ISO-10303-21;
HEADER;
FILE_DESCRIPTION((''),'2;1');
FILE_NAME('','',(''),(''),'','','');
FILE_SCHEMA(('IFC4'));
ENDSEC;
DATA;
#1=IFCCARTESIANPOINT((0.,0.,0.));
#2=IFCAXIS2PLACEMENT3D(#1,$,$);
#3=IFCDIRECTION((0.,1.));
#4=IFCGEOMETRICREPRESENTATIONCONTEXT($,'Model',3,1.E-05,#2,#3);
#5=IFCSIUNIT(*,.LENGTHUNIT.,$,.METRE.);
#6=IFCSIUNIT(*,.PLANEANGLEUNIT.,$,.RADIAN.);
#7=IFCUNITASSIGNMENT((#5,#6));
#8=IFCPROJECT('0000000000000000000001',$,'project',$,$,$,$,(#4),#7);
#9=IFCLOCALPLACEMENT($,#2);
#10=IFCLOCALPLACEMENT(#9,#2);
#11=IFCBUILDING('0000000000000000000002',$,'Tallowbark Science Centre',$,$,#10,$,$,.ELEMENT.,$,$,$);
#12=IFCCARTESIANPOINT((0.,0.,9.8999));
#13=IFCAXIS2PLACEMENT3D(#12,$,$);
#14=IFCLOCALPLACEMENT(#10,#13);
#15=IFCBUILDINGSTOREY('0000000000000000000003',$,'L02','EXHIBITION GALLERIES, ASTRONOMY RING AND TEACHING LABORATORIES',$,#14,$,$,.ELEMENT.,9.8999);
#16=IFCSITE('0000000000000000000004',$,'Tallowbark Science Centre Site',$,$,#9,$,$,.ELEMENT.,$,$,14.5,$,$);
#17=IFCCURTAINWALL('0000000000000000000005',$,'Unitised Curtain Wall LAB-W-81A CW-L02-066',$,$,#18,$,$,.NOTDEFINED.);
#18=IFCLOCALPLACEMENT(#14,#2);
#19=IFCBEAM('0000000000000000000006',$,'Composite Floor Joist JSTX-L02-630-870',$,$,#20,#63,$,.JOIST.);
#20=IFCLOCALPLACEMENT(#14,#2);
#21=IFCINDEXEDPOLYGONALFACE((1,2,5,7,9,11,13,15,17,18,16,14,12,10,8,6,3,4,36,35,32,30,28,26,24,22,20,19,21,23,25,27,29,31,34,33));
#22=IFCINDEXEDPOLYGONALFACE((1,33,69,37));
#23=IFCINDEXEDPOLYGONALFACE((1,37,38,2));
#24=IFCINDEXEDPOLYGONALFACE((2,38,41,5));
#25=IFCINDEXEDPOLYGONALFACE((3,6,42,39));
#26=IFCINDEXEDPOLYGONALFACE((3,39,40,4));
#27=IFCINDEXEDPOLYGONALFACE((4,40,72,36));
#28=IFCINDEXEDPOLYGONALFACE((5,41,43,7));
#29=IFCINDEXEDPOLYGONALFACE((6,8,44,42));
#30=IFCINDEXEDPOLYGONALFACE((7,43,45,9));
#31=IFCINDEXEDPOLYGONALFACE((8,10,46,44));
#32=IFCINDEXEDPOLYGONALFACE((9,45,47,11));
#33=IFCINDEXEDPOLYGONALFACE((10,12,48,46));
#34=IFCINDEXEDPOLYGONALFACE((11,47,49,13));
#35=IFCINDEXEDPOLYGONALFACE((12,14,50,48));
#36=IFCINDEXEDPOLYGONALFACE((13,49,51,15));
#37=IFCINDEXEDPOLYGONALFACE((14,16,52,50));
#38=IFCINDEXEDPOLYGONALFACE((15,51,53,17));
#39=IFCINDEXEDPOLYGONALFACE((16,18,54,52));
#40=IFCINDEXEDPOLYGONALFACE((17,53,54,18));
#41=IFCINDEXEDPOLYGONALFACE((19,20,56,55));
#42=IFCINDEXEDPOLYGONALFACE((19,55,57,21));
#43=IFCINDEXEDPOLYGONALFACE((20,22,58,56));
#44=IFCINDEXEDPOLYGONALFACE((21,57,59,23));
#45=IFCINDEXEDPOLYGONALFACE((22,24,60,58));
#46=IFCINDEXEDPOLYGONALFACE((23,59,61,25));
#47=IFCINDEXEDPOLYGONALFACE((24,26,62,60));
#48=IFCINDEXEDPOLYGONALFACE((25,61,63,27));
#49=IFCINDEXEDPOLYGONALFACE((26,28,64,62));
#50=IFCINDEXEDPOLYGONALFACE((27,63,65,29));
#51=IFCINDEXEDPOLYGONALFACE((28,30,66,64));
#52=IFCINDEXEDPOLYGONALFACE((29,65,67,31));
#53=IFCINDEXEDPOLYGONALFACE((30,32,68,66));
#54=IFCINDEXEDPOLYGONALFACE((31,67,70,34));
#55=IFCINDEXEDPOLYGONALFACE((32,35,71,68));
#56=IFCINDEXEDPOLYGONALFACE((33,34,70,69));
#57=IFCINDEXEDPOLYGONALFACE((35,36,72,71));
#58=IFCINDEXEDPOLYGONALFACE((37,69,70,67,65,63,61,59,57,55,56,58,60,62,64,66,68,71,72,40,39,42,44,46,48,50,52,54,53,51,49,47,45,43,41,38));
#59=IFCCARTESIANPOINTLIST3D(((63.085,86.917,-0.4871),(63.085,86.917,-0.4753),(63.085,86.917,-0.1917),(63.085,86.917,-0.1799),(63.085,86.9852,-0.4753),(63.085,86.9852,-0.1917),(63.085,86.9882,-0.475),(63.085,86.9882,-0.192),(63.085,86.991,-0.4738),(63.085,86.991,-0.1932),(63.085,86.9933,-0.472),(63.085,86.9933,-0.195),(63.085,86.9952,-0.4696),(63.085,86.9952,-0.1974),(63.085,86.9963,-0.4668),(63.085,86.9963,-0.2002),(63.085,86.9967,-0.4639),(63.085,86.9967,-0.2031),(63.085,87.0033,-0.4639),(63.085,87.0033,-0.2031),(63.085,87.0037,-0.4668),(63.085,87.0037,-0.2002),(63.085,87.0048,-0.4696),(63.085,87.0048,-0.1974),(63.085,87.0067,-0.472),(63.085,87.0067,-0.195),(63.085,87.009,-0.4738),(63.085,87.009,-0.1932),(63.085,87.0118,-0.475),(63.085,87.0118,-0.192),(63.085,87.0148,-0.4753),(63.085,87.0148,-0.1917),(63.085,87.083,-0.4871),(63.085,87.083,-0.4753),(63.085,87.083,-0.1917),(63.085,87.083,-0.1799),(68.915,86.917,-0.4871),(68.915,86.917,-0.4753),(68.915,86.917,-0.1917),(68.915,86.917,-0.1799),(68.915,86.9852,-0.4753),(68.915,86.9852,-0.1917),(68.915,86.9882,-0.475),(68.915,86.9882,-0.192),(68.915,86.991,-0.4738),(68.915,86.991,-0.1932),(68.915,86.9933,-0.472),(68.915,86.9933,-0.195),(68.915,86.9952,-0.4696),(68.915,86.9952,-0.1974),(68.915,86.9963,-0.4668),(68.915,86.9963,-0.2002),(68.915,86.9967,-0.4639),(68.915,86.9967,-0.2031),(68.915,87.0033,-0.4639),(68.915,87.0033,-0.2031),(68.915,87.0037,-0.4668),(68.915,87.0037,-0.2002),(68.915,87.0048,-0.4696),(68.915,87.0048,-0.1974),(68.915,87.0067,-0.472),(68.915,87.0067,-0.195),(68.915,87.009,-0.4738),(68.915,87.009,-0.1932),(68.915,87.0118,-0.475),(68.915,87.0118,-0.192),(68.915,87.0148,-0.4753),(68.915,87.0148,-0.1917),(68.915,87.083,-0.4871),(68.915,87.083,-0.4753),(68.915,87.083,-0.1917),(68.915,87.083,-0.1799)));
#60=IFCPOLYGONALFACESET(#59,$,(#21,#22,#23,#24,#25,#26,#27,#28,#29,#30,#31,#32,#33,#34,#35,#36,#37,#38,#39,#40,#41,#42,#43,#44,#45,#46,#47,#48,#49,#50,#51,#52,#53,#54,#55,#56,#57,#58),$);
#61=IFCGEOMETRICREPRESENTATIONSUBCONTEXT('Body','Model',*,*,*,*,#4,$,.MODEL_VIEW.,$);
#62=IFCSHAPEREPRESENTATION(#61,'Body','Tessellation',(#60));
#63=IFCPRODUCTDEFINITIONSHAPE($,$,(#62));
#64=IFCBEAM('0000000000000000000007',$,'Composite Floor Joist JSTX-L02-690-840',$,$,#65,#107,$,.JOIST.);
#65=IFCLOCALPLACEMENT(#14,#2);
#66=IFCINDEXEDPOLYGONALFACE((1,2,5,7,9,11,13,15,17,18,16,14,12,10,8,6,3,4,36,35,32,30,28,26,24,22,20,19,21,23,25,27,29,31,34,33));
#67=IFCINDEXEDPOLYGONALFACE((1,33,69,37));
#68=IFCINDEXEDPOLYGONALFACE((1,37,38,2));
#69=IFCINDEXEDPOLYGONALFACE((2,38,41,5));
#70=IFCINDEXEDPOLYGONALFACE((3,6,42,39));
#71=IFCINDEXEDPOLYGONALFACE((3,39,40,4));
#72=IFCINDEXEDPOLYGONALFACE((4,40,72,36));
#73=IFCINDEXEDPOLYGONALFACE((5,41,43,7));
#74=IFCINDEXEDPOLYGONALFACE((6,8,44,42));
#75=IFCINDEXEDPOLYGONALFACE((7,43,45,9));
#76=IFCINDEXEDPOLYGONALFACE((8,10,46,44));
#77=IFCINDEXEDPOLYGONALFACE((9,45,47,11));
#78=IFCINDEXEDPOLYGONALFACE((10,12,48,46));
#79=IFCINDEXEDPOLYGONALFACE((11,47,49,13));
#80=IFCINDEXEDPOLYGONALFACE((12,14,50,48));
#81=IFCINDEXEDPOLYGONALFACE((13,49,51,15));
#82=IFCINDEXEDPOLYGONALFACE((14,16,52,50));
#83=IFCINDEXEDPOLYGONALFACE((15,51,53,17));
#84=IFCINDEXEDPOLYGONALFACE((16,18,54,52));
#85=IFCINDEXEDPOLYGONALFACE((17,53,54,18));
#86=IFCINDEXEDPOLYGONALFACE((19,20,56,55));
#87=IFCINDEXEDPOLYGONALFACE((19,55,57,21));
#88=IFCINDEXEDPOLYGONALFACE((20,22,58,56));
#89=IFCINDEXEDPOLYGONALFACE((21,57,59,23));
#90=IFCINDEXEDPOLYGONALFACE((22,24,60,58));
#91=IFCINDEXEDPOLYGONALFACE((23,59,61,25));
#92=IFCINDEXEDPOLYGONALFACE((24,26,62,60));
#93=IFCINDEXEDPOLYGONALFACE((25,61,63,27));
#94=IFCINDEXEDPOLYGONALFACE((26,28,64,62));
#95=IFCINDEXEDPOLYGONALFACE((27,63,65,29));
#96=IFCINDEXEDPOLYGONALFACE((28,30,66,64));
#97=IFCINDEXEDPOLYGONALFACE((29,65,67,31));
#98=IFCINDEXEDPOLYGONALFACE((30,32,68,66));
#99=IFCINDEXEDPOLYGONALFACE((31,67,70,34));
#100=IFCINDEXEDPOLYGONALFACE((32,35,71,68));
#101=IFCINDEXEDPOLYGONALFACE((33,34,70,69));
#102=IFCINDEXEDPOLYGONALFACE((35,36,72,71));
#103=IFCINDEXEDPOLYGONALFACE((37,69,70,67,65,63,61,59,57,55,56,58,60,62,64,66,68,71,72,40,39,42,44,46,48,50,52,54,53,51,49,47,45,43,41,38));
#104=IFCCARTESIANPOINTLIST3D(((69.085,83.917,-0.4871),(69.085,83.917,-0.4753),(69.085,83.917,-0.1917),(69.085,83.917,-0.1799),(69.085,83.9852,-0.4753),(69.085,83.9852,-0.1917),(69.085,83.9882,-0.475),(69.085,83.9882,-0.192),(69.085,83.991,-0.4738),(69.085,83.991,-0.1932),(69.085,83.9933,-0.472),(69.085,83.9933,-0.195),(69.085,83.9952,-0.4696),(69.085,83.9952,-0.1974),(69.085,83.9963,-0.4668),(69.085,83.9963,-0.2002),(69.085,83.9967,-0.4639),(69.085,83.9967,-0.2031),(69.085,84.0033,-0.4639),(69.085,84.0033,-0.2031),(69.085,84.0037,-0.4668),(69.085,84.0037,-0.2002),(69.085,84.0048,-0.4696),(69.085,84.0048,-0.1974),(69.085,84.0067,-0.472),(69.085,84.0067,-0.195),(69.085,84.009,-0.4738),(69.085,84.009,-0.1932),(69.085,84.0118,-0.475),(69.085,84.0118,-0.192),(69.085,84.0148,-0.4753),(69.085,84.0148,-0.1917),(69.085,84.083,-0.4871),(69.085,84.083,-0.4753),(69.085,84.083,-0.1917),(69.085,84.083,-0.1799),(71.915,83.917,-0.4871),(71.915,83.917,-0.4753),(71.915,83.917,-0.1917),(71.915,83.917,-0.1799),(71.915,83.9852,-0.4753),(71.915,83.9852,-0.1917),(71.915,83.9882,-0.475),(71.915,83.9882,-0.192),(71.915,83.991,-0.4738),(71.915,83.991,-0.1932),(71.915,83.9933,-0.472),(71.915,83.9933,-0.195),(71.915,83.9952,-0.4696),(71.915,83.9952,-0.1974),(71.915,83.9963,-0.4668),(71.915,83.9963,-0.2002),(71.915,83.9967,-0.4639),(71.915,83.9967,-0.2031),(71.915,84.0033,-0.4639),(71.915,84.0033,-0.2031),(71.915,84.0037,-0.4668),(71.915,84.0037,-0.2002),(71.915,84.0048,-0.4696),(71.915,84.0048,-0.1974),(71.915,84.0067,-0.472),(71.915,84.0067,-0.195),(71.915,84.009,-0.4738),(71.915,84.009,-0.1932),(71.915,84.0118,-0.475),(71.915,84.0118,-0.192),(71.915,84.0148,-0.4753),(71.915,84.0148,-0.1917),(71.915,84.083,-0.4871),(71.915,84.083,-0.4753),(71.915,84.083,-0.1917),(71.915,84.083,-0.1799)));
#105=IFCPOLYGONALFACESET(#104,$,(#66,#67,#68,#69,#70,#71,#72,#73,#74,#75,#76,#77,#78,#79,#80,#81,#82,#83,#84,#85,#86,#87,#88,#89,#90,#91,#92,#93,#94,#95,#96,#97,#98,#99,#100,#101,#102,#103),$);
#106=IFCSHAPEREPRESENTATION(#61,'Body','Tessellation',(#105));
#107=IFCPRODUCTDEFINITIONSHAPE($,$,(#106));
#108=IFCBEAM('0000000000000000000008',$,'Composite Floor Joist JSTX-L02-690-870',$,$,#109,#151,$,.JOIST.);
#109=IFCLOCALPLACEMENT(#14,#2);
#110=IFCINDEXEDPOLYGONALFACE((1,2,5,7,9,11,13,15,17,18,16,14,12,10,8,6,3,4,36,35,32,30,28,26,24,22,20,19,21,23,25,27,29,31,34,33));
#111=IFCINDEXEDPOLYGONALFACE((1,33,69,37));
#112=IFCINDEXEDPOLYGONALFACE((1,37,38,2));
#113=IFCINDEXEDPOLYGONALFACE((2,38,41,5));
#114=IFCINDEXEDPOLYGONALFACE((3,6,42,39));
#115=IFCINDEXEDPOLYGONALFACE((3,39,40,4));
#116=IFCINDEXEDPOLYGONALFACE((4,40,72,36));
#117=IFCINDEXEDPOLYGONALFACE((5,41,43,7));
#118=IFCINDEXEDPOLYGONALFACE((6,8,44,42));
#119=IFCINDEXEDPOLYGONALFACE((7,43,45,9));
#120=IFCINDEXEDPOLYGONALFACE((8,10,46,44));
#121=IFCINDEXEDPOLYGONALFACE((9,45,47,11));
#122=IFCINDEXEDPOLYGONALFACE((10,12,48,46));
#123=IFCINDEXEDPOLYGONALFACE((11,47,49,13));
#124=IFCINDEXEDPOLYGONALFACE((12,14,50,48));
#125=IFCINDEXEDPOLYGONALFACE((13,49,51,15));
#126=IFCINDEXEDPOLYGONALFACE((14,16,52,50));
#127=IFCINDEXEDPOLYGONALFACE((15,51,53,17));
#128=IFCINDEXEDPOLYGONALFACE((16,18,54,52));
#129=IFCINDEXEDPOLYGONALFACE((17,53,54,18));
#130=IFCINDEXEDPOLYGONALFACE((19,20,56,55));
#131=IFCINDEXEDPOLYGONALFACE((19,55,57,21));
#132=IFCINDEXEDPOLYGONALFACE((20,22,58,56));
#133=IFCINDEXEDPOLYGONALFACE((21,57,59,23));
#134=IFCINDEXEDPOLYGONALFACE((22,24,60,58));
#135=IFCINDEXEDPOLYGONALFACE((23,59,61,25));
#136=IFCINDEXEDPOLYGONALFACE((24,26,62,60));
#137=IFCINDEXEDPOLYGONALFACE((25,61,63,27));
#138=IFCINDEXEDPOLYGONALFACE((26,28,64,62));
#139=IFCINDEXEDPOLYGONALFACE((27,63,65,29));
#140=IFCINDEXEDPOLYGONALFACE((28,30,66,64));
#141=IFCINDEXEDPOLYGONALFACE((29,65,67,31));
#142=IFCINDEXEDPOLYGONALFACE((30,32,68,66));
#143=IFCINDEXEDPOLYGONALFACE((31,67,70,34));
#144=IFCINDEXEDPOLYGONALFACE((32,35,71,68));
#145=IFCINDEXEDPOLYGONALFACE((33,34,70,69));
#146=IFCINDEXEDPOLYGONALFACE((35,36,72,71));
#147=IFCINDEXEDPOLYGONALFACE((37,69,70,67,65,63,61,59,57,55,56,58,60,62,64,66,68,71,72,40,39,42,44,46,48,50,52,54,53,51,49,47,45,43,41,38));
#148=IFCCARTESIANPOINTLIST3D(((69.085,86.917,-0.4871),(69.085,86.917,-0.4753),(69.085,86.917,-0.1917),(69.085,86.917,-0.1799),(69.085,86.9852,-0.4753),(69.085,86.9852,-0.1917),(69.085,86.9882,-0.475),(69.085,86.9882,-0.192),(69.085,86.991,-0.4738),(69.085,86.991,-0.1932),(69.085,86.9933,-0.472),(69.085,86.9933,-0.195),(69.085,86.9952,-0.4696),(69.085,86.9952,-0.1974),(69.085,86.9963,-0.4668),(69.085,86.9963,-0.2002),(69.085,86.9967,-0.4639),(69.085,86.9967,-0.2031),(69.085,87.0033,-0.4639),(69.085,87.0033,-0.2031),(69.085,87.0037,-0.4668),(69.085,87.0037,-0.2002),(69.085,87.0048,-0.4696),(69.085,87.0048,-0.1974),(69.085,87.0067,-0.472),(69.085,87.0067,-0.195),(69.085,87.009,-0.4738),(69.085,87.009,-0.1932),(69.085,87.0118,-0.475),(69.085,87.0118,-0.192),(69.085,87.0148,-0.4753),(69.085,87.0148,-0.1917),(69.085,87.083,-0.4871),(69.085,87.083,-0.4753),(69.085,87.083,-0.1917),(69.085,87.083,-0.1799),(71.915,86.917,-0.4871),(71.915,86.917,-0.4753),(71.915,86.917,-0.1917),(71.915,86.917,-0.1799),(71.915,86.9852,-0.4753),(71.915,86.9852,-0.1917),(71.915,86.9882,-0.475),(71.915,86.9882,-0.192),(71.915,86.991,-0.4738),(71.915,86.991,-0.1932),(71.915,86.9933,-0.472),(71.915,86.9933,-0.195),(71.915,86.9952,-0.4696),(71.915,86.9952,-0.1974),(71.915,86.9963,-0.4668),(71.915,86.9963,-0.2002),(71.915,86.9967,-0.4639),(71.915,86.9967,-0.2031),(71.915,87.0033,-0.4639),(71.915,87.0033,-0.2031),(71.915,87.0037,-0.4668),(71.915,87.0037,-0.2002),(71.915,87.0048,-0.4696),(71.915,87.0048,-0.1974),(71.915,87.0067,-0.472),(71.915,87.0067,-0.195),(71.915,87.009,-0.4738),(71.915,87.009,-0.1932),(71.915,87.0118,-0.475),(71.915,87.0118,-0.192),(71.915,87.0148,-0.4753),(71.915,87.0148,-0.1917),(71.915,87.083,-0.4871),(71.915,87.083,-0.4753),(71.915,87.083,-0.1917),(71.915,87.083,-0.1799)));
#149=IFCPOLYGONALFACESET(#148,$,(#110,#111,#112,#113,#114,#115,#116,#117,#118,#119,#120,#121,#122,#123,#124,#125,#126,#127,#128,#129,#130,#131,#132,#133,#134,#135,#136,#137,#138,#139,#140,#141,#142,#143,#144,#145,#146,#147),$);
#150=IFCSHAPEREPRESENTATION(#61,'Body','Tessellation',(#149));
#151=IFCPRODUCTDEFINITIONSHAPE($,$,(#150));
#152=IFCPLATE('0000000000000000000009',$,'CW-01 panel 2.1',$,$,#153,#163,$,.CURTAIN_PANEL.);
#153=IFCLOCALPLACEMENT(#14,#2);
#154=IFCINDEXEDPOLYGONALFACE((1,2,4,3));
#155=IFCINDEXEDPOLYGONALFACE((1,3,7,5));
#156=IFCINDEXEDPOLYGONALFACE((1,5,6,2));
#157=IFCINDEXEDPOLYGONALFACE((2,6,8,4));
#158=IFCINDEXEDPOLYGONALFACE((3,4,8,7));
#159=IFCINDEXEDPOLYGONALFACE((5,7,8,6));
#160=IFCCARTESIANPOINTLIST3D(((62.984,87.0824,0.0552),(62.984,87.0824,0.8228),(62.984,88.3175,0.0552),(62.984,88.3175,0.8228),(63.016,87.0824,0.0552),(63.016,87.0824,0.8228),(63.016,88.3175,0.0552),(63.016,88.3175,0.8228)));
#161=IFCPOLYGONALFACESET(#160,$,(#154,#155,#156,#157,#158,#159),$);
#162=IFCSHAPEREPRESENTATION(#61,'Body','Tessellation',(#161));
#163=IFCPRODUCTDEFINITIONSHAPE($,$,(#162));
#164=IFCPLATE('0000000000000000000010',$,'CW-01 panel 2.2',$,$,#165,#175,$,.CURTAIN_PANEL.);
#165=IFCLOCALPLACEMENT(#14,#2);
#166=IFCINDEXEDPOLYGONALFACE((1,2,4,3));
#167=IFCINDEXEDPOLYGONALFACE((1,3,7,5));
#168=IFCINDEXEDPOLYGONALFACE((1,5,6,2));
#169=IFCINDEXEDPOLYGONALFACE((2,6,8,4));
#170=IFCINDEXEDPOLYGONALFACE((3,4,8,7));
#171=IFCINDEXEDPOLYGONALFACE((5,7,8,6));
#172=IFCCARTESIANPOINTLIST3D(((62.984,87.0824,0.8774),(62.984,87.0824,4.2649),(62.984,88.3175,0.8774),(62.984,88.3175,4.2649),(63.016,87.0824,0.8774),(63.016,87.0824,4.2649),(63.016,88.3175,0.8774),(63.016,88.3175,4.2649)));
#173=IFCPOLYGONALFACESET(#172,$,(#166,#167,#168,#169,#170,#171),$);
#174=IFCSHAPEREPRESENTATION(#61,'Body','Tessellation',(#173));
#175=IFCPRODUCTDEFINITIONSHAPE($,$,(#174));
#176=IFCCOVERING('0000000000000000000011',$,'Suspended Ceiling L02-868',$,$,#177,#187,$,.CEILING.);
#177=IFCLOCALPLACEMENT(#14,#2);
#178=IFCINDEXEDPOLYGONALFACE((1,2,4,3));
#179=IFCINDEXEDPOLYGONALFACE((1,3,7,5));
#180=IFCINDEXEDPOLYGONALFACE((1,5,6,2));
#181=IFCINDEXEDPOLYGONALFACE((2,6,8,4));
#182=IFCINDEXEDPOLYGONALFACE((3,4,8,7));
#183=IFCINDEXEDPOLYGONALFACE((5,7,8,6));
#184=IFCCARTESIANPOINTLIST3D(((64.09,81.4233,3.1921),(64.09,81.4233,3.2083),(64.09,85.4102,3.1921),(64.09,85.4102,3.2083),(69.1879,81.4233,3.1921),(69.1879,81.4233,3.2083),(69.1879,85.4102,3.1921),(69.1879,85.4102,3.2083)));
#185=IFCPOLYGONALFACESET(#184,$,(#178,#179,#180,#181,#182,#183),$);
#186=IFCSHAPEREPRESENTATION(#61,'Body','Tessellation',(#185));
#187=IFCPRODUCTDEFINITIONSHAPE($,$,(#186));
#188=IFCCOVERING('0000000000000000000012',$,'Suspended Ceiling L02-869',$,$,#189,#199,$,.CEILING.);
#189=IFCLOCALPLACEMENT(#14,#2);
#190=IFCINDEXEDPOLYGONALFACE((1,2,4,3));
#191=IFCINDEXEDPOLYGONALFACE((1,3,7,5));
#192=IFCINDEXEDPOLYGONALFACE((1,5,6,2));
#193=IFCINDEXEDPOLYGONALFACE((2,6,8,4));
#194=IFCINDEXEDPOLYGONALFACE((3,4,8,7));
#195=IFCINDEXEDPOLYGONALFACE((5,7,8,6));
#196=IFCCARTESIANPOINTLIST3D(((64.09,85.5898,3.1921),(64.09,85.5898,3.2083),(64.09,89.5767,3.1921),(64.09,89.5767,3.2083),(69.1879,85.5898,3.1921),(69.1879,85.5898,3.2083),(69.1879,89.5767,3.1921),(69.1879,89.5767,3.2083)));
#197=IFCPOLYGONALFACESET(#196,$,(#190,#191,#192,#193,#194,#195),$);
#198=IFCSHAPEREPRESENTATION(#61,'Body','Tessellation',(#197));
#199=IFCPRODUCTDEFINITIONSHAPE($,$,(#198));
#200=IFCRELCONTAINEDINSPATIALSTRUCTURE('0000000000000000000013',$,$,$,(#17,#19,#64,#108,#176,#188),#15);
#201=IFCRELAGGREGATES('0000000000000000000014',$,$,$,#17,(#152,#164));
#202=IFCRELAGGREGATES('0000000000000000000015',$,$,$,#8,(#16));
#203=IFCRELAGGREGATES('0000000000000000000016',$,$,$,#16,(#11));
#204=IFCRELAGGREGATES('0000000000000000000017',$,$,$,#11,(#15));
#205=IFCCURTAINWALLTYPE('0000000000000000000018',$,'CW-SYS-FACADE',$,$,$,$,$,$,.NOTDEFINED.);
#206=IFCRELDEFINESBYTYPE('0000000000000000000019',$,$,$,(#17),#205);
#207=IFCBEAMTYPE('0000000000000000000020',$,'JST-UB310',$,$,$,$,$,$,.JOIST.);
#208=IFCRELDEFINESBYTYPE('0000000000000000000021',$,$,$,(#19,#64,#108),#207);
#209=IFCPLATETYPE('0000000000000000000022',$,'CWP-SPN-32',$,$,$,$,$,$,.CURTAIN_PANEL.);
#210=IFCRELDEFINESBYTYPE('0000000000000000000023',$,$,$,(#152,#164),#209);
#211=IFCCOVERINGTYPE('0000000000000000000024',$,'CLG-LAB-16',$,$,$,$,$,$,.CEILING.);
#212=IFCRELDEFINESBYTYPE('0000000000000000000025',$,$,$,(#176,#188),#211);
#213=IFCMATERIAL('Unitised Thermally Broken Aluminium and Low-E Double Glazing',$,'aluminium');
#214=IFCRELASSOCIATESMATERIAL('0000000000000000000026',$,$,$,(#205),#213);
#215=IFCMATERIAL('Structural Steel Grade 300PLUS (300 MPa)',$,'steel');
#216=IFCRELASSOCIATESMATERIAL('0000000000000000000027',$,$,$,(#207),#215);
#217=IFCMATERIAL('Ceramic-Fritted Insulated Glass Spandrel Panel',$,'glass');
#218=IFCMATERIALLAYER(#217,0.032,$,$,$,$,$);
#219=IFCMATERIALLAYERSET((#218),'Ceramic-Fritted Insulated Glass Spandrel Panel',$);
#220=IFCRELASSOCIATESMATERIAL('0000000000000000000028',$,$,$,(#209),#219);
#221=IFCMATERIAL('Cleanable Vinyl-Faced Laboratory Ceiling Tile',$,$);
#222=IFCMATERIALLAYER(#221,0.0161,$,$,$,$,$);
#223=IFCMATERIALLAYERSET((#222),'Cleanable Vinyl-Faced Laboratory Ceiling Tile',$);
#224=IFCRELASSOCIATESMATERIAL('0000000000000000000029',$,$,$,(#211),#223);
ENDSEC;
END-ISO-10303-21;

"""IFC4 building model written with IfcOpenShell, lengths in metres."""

from ifc_helpers import new_model, si_unit, direction, frame, origin, origin_2d, place, context, subcontext, project, spatial, rectangle, i_section, extrude, material, layer, layer_set, material_profile, profile_set, type_object, element, aggregate, save


model = new_model("IFC4")

# Units and contexts
model_context = context("Model", 3, precision=1e-05, world=origin(), true_north=direction((0.0, 1.0)))
body_context = subcontext(model_context, "Body", "Model", "MODEL_VIEW")
ifc_project = project(units=[si_unit("LENGTHUNIT", "METRE"), si_unit("PLANEANGLEUNIT", "RADIAN")], contexts=[model_context])

# Site, building, storey
site_placement = place(None, origin())
site = spatial("IfcSite", under=ifc_project, at=site_placement, Name="Tallowbark Science Centre Site", CompositionType="ELEMENT", RefElevation=14.5)
building_placement = place(site_placement, origin())
building = spatial("IfcBuilding", under=site, at=building_placement, Name="Tallowbark Science Centre", CompositionType="ELEMENT")
storey_placement = place(building_placement, frame((0.0, 0.0, 9.8999)))
storey = spatial("IfcBuildingStorey", under=building, at=storey_placement, Name="L02", Description="EXHIBITION GALLERIES, ASTRONOMY RING AND TEACHING LABORATORIES", CompositionType="ELEMENT", Elevation=9.8999)

# Shared definitions
ifc_material_1 = material(Name="Structural Steel Grade 300PLUS (300 MPa)", Category="steel")

# Curtain wall
ifc_material_2 = material(Name="Unitised Thermally Broken Aluminium and Low-E Double Glazing", Category="aluminium")
curtain_wall_type = type_object("IfcCurtainWallType", Name="CW-SYS-FACADE", PredefinedType="NOTDEFINED", material=ifc_material_2)
curtain_wall_placement = place(storey_placement, origin())
curtain_wall = element("IfcCurtainWall", 1, at=curtain_wall_placement, inside=storey, type_object=curtain_wall_type, Name="Unitised Curtain Wall LAB-W-81A CW-L02-066", PredefinedType="NOTDEFINED")

# Beams
ifc_material_profile_1 = material_profile(ifc_material_1, i_section(OverallWidth=0.166, OverallDepth=0.3071, WebThickness=0.0066, FlangeThickness=0.0117, FilletRadius=0.0115, at=origin_2d()), Name="310UB46.2")
ifc_profile_set_1 = profile_set([ifc_material_profile_1], Name="Structural Steel Grade 300PLUS (300 MPa)")
beam_type_1 = type_object("IfcBeamType", Name="JST-UB310", PredefinedType="JOIST", material=ifc_profile_set_1)
for number, where, z_axis, x_axis, name in (
    (2, (63.085, 87.0, -0.3335), (1.0, 0.0, 0.0), (0.0, 1.0, 0.0), "Composite Floor Joist JSTX-L02-630-870"),
):
    element("IfcBeam", number, at=place(storey_placement, frame(where, z_axis=z_axis, x_axis=x_axis)), inside=storey, type_object=beam_type_1, Name=name, PredefinedType="JOIST", context=body_context, shape_type="SweptSolid", body=[
        extrude(i_section(OverallWidth=0.166, OverallDepth=0.3071, WebThickness=0.0066, FlangeThickness=0.0117, FilletRadius=0.0115, at=origin_2d()), origin(), (0.0, 0.0, 1.0), 5.8301),
    ])
for number, where, z_axis, x_axis, name in (
    (3, (69.085, 84.0, -0.3335), (1.0, 0.0, 0.0), (0.0, 1.0, 0.0), "Composite Floor Joist JSTX-L02-690-840"),
    (4, (69.085, 87.0, -0.3335), (1.0, 0.0, 0.0), (0.0, 1.0, 0.0), "Composite Floor Joist JSTX-L02-690-870"),
):
    element("IfcBeam", number, at=place(storey_placement, frame(where, z_axis=z_axis, x_axis=x_axis)), inside=storey, type_object=beam_type_1, Name=name, PredefinedType="JOIST", context=body_context, shape_type="SweptSolid", body=[
        extrude(i_section(OverallWidth=0.166, OverallDepth=0.3071, WebThickness=0.0066, FlangeThickness=0.0117, FilletRadius=0.0115, at=origin_2d()), origin(), (0.0, 0.0, 1.0), 2.8301),
    ])

# Plates
ifc_material_3 = material(Name="Ceramic-Fritted Insulated Glass Spandrel Panel", Category="glass")
ifc_layer_1 = layer(ifc_material_3, 0.032)
ifc_layer_set_1 = layer_set([ifc_layer_1], Name="Ceramic-Fritted Insulated Glass Spandrel Panel")
plate_type = type_object("IfcPlateType", Name="CWP-SPN-32", PredefinedType="CURTAIN_PANEL", material=ifc_layer_set_1)
plate_1_placement = place(storey_placement, frame((63.0, 87.7, 0.0552), z_axis=(0.0, 0.0, 1.0), x_axis=(0.0, -1.0, 0.0)))
plate_1 = element("IfcPlate", 5, at=plate_1_placement, type_object=plate_type, Name="CW-01 panel 2.1", PredefinedType="CURTAIN_PANEL", context=body_context, shape_type="SweptSolid", body=[
    extrude(rectangle(XDim=1.2351, YDim=0.032, at=origin_2d()), origin(), (0.0, 0.0, 1.0), 0.7676),
])
plate_2_placement = place(storey_placement, frame((63.0, 87.7, 0.8774), z_axis=(0.0, 0.0, 1.0), x_axis=(0.0, -1.0, 0.0)))
plate_2 = element("IfcPlate", 6, at=plate_2_placement, type_object=plate_type, Name="CW-01 panel 2.2", PredefinedType="CURTAIN_PANEL", context=body_context, shape_type="SweptSolid", body=[
    extrude(rectangle(XDim=1.2351, YDim=0.032, at=origin_2d()), origin(), (0.0, 0.0, 1.0), 3.3875),
])
aggregate(curtain_wall, [plate_1, plate_2])

# Coverings
ifc_material_4 = material(Name="Cleanable Vinyl-Faced Laboratory Ceiling Tile")
ifc_layer_2 = layer(ifc_material_4, 0.0161)
ifc_layer_set_2 = layer_set([ifc_layer_2], Name="Cleanable Vinyl-Faced Laboratory Ceiling Tile")
covering_type_1 = type_object("IfcCoveringType", Name="CLG-LAB-16", PredefinedType="CEILING", material=ifc_layer_set_2)
for number, where, z_axis, x_axis, name in (
    (7, (66.6389, 83.4167, 3.1921), (0.0, 0.0, 1.0), (1.0, 0.0, 0.0), "Suspended Ceiling L02-868"),
    (8, (66.6389, 87.5833, 3.1921), (0.0, 0.0, 1.0), (1.0, 0.0, 0.0), "Suspended Ceiling L02-869"),
):
    element("IfcCovering", number, at=place(storey_placement, frame(where, z_axis=z_axis, x_axis=x_axis)), inside=storey, type_object=covering_type_1, Name=name, PredefinedType="CEILING", context=body_context, shape_type="SweptSolid", body=[
        extrude(rectangle(XDim=5.0979, YDim=3.9868, at=origin_2d()), origin(), (0.0, 0.0, 1.0), 0.0161),
    ])

save(model, "model.ifc")
